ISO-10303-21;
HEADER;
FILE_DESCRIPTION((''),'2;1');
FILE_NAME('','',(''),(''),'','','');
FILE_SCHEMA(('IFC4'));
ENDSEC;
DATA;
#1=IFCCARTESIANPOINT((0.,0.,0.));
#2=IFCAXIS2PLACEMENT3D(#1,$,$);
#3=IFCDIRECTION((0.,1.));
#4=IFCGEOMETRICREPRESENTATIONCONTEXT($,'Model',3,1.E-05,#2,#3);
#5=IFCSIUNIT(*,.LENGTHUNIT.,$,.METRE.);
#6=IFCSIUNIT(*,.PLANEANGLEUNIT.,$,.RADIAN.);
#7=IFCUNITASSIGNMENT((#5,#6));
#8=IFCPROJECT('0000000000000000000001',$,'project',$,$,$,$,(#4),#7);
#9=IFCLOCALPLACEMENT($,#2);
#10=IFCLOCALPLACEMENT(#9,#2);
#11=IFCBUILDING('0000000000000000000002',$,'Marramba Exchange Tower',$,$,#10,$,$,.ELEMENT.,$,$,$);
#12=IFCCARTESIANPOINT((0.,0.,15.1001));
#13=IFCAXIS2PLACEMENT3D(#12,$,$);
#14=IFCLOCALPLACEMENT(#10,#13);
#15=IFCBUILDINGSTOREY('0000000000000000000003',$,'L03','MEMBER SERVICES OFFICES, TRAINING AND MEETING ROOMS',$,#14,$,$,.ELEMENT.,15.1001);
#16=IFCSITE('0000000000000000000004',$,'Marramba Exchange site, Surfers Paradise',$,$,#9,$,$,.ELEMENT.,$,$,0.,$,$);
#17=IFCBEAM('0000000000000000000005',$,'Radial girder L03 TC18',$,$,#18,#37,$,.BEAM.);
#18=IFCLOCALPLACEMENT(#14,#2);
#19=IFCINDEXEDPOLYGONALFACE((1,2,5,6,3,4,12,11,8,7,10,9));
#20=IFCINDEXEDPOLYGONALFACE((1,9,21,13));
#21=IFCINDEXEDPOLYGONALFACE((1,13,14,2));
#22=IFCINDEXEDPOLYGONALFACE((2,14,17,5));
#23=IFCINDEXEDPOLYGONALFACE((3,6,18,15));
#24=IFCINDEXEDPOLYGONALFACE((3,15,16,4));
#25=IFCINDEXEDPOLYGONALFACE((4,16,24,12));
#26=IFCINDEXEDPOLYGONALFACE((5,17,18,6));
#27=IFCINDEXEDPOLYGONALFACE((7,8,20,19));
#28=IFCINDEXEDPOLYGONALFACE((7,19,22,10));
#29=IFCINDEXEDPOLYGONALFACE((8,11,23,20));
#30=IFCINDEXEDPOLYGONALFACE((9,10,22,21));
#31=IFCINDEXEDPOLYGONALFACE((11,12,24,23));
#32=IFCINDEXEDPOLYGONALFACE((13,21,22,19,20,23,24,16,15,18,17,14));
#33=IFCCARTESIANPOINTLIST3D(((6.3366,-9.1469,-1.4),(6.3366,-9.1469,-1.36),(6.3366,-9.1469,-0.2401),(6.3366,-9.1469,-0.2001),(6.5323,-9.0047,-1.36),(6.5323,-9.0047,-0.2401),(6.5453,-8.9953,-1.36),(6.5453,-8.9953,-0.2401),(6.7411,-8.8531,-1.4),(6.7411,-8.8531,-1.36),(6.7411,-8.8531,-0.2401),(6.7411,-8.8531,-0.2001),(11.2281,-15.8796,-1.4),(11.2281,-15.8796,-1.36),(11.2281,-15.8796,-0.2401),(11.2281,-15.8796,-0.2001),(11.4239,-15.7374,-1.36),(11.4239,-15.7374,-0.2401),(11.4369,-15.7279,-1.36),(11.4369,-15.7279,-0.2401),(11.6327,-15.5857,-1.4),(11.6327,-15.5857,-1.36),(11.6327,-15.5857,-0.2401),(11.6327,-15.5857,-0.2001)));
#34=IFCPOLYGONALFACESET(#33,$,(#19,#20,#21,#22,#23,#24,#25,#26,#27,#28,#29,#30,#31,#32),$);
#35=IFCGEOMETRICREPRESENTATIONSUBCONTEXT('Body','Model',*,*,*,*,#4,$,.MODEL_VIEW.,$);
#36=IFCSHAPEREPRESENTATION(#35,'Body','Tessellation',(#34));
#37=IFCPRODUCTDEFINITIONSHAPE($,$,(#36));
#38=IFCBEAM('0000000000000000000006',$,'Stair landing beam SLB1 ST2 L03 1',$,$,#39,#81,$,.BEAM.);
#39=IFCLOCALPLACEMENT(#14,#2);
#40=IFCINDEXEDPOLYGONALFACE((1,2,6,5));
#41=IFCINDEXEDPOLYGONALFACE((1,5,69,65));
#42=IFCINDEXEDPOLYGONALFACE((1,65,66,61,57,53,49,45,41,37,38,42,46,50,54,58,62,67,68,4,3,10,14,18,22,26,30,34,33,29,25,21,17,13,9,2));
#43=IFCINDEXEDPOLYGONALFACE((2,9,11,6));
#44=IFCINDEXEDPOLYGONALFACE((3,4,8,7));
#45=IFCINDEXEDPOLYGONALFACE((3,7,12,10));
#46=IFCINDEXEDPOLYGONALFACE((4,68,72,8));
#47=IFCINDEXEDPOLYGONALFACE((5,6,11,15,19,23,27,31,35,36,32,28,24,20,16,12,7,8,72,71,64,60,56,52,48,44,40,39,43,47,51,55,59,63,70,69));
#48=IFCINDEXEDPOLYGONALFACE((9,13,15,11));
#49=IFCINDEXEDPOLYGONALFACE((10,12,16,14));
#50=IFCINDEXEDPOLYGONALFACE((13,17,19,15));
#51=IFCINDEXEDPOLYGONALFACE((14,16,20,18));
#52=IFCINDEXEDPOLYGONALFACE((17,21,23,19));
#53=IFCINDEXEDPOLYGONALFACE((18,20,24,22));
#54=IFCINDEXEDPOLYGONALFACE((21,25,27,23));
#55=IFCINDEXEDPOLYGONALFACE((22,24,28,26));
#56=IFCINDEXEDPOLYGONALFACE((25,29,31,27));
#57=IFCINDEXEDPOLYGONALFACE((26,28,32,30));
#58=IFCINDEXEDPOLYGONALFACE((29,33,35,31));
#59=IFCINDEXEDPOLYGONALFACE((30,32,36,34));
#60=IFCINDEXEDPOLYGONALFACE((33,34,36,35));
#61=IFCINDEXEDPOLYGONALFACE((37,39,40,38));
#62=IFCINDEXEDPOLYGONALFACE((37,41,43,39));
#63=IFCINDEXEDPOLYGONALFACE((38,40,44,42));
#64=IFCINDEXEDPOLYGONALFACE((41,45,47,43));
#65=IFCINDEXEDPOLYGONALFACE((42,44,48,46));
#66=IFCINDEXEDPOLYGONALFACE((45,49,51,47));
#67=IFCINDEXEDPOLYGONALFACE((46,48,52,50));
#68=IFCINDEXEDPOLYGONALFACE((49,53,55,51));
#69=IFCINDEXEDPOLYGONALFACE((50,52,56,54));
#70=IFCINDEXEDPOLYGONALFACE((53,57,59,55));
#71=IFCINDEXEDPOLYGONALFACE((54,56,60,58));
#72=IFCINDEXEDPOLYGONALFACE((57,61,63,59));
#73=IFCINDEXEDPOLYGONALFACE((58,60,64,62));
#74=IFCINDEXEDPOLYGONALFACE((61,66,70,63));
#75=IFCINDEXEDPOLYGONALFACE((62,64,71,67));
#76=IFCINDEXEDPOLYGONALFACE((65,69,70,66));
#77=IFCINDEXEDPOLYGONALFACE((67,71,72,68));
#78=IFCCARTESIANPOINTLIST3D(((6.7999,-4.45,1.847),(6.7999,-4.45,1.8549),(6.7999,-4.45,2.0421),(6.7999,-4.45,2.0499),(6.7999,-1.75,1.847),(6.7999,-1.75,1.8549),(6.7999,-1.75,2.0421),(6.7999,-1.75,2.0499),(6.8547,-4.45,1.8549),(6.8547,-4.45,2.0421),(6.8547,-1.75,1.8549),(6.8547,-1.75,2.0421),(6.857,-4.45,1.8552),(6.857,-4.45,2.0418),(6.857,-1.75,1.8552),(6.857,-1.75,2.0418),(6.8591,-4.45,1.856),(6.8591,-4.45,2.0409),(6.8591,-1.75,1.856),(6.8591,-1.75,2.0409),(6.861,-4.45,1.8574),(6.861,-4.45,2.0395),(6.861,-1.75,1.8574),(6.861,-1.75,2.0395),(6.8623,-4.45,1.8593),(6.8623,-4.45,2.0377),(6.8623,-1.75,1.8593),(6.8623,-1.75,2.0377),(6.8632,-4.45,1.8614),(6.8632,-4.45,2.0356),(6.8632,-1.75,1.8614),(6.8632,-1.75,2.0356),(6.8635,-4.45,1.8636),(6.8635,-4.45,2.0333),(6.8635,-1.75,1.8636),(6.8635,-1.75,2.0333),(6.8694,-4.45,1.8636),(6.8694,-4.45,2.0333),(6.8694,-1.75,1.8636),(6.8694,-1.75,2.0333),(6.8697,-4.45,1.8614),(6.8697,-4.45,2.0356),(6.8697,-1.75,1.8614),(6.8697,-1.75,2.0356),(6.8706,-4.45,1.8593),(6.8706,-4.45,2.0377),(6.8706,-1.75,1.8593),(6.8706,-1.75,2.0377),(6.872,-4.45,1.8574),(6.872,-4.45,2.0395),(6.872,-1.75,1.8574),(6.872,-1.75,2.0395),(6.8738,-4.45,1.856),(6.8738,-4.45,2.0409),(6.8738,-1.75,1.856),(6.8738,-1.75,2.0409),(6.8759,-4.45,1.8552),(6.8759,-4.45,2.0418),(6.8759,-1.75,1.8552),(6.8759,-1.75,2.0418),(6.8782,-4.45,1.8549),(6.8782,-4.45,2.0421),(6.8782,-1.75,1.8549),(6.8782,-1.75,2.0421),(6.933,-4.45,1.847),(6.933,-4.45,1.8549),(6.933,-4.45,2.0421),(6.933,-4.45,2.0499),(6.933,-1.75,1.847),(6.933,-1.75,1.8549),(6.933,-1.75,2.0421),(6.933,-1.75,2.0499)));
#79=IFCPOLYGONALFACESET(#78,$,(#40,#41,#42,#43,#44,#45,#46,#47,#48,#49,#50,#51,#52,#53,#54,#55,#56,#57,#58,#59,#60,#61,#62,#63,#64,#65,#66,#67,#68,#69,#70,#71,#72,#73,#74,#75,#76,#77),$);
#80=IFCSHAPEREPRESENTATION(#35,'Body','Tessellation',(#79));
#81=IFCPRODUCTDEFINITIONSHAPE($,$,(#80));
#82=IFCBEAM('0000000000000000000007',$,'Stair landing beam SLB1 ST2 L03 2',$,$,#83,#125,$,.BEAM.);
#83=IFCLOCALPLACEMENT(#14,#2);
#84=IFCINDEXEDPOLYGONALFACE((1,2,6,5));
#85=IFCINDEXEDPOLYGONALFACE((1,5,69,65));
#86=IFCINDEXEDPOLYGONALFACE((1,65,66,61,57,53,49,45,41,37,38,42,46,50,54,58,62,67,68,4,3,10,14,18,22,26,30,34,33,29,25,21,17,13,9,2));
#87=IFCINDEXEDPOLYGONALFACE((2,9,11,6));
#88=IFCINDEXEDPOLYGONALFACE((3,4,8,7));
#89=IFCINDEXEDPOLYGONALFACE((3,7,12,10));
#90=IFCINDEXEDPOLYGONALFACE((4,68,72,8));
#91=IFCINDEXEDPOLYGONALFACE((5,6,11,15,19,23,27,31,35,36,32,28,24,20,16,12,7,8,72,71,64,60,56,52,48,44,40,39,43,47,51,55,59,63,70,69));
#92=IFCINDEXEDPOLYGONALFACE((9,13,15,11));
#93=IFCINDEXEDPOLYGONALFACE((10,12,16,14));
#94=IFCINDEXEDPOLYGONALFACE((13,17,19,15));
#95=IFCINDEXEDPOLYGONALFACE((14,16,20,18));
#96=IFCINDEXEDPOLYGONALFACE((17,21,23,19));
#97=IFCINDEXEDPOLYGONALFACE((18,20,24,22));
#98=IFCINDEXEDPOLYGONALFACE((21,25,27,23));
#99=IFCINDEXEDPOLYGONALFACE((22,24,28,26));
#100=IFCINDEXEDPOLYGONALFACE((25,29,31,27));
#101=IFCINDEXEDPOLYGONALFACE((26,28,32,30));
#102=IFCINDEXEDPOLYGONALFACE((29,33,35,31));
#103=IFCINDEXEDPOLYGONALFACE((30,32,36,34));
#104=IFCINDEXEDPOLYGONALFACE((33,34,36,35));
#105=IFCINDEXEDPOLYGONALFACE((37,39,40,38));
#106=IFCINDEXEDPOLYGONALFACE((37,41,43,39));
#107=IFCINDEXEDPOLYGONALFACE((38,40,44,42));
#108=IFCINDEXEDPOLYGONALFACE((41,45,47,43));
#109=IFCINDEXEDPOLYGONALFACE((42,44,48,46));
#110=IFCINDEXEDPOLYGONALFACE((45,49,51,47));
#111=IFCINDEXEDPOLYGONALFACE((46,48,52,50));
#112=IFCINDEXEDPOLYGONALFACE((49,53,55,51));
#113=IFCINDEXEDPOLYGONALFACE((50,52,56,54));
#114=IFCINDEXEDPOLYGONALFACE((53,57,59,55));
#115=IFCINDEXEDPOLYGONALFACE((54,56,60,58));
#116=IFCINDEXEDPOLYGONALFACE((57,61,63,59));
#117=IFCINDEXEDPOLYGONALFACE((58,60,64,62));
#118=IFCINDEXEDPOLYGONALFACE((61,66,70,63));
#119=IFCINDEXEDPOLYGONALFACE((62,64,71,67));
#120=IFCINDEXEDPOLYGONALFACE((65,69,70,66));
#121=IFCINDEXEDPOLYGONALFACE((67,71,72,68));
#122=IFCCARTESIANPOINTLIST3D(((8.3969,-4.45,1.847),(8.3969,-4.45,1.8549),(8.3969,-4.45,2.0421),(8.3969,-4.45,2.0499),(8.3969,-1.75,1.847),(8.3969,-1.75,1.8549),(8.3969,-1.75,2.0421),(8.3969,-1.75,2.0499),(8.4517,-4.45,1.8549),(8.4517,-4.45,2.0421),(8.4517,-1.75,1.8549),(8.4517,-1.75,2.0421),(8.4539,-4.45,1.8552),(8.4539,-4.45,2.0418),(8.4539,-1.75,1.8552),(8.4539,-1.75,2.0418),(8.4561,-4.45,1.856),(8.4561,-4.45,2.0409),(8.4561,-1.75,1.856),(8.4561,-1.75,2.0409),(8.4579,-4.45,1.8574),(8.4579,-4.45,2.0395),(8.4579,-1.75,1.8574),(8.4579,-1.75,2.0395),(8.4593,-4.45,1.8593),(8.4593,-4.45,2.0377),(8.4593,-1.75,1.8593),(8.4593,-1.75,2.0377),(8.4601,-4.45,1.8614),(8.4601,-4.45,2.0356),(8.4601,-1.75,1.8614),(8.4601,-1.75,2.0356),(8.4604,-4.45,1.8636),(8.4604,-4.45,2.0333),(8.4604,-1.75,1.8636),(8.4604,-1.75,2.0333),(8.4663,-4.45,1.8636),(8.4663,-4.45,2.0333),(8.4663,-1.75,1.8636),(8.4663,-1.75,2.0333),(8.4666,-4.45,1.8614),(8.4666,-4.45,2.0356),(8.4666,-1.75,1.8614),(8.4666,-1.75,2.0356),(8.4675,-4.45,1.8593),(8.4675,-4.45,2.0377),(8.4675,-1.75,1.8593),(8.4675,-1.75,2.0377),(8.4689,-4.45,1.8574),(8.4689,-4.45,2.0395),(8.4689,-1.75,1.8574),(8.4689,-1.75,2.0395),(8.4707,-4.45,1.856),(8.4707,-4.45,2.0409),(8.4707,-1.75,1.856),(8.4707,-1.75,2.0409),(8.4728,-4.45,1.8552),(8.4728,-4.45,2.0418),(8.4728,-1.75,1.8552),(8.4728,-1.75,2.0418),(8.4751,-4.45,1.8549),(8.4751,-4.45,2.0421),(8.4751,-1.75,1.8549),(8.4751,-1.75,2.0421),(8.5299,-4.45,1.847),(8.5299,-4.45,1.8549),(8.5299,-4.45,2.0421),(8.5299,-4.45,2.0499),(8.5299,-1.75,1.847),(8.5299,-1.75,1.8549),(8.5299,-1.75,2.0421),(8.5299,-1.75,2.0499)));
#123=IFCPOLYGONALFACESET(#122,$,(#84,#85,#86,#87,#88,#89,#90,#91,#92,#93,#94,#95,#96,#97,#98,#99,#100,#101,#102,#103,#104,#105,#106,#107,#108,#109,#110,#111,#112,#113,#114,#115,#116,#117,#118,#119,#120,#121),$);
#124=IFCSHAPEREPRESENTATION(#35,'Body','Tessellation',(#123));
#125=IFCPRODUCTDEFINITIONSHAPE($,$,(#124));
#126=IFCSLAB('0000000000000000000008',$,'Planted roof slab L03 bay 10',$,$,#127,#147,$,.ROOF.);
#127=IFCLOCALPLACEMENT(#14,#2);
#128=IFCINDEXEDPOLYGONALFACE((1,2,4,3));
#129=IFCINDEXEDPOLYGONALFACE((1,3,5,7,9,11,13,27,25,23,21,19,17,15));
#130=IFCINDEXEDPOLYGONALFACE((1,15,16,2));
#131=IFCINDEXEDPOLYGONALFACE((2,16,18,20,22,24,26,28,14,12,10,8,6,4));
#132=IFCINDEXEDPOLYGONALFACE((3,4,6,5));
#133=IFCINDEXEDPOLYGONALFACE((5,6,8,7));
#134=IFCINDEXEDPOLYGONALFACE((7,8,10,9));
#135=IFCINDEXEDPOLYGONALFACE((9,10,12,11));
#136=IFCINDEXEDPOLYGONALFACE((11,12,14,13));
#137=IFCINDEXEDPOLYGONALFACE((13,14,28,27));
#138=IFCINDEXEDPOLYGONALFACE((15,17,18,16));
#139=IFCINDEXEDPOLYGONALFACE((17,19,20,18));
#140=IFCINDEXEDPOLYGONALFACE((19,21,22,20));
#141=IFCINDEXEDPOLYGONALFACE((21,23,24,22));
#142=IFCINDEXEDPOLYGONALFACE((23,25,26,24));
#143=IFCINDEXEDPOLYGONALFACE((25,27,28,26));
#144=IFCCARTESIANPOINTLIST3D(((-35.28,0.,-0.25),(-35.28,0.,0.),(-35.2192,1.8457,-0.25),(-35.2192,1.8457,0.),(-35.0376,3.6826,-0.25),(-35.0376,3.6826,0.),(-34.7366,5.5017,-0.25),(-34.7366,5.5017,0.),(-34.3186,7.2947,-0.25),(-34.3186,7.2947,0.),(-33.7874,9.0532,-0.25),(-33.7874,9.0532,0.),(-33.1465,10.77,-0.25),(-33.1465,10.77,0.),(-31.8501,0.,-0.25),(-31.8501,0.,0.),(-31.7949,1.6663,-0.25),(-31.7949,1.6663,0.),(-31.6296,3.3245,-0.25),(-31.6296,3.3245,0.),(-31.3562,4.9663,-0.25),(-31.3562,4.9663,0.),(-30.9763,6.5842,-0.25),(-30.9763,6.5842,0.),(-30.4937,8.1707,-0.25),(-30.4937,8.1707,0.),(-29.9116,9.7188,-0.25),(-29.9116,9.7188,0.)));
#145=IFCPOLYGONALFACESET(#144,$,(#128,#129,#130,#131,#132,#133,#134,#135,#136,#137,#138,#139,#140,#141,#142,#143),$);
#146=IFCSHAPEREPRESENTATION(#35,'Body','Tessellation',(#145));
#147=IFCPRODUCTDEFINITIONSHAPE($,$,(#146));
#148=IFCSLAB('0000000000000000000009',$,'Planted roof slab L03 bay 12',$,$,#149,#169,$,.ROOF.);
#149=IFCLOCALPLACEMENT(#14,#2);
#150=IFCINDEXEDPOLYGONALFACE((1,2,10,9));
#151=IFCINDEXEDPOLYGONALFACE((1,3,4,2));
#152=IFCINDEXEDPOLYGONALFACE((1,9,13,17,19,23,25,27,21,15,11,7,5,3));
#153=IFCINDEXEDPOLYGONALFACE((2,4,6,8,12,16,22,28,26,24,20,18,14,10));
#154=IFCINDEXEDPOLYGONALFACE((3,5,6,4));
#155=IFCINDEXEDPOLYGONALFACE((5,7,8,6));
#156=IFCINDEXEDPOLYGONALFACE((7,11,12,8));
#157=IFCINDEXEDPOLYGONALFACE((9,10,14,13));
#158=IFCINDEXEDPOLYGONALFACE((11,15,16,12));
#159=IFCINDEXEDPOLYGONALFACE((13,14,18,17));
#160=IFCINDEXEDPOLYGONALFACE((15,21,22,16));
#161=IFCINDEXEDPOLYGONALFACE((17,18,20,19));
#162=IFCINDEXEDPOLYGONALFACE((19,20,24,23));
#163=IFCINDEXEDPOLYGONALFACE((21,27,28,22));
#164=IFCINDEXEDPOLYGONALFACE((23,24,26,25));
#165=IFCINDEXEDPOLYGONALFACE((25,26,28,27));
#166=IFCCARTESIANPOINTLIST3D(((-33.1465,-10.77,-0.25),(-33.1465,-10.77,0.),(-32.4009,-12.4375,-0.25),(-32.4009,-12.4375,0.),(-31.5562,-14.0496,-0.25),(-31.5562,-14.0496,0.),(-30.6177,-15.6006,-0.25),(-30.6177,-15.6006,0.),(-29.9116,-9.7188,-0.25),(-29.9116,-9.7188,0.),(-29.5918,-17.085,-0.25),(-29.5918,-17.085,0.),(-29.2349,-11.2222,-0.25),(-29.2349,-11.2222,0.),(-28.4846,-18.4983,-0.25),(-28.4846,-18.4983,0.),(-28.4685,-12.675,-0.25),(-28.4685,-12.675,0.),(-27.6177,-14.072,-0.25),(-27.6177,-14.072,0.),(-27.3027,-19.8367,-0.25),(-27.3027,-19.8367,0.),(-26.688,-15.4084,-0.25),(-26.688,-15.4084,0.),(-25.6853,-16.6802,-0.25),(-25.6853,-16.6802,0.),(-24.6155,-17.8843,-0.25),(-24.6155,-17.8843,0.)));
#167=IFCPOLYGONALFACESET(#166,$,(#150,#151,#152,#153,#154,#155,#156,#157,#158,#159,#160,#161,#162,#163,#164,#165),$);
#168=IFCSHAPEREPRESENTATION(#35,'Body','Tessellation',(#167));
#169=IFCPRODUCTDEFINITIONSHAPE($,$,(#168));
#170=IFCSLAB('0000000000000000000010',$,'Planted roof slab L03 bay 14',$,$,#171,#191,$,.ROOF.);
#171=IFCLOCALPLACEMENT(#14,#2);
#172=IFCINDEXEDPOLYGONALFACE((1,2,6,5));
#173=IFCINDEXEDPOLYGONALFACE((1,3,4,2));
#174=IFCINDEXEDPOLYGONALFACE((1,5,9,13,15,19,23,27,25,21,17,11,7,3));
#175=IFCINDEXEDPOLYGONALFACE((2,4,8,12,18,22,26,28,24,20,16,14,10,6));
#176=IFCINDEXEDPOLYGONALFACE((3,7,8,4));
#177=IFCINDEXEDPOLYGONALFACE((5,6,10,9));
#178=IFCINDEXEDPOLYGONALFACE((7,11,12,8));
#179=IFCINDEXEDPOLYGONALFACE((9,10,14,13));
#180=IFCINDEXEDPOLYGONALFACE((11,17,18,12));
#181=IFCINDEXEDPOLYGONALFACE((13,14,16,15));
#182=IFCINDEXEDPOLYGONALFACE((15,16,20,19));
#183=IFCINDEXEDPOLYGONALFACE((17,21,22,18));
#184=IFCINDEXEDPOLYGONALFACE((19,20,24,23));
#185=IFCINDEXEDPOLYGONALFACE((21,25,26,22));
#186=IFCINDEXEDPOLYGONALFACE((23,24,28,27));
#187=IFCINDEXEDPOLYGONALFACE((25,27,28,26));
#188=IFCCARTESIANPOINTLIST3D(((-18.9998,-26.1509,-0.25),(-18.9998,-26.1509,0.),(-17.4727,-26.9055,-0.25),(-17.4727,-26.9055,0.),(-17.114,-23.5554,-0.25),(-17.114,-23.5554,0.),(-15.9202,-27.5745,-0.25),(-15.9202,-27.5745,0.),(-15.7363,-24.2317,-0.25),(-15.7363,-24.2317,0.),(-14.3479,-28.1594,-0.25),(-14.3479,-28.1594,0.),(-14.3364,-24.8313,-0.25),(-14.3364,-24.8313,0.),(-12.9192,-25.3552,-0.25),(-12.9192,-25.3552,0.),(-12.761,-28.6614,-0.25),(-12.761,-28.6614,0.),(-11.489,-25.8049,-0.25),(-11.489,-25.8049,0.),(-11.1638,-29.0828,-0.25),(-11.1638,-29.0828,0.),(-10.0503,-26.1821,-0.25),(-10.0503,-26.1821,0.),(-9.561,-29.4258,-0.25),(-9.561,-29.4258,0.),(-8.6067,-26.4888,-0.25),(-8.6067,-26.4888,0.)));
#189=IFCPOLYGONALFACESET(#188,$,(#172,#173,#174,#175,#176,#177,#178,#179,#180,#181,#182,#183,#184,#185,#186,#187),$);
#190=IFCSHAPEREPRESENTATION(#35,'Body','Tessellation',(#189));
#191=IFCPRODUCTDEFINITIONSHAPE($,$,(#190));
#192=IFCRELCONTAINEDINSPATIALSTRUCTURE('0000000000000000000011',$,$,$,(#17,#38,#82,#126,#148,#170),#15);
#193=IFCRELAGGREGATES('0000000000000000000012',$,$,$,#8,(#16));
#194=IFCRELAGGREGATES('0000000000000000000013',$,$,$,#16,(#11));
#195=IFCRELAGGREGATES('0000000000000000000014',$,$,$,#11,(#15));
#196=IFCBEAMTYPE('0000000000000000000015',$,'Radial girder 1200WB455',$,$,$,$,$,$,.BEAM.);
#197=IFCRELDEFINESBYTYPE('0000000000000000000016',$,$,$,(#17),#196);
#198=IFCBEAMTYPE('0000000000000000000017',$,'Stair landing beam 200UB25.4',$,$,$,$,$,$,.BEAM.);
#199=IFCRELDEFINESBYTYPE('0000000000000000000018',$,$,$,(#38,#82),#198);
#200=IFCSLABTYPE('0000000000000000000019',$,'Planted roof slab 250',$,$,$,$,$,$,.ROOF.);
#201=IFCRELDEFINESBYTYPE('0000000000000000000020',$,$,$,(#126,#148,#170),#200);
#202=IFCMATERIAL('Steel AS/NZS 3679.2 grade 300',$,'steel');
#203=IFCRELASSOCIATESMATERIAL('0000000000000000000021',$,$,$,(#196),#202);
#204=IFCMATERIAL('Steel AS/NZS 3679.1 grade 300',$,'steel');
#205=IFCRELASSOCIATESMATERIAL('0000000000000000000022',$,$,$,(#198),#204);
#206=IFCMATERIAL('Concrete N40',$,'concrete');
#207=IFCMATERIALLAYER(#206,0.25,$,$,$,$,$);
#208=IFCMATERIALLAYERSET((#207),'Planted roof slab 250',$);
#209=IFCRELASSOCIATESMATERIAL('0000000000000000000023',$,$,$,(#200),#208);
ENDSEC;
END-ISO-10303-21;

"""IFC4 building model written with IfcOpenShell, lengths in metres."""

from ifc_helpers import new_model, si_unit, direction, frame, origin, origin_2d, place, context, subcontext, project, spatial, polyline, i_section, outline, extrude, material, layer, layer_set, material_profile, profile_set, type_object, element, save


model = new_model("IFC4")

# Units and contexts
model_context = context("Model", 3, precision=1e-05, world=origin(), true_north=direction((0.0, 1.0)))
body_context = subcontext(model_context, "Body", "Model", "MODEL_VIEW")
ifc_project = project(units=[si_unit("LENGTHUNIT", "METRE"), si_unit("PLANEANGLEUNIT", "RADIAN")], contexts=[model_context])

# Site, building, storey
site_placement = place(None, origin())
site = spatial("IfcSite", under=ifc_project, at=site_placement, Name="Marramba Exchange site, Surfers Paradise", CompositionType="ELEMENT", RefElevation=0.0)
building_placement = place(site_placement, origin())
building = spatial("IfcBuilding", under=site, at=building_placement, Name="Marramba Exchange Tower", CompositionType="ELEMENT")
storey_placement = place(building_placement, frame((0.0, 0.0, 15.1001)))
storey = spatial("IfcBuildingStorey", under=building, at=storey_placement, Name="L03", Description="MEMBER SERVICES OFFICES, TRAINING AND MEETING ROOMS", CompositionType="ELEMENT", Elevation=15.1001)

# Beams
ifc_material_1 = material(Name="Steel AS/NZS 3679.1 grade 300", Category="steel")
ifc_material_2 = material(Name="Steel AS/NZS 3679.2 grade 300", Category="steel")
ifc_material_profile_1 = material_profile(ifc_material_2, i_section(OverallWidth=0.5, OverallDepth=1.2, WebThickness=0.0161, FlangeThickness=0.04, at=origin_2d()), Name="1200WB455")
ifc_profile_set_1 = profile_set([ifc_material_profile_1], Name="Steel AS/NZS 3679.2 grade 300")
beam_type_1 = type_object("IfcBeamType", Name="Radial girder 1200WB455", PredefinedType="BEAM", material=ifc_profile_set_1)
beam_1_placement = place(storey_placement, frame((6.5388, -9.0, -0.8), z_axis=(0.587788, -0.809015, 0.0), x_axis=(0.809015, 0.587788, 0.0)))
element("IfcBeam", 1, at=beam_1_placement, inside=storey, type_object=beam_type_1, Name="Radial girder L03 TC18", PredefinedType="BEAM", context=body_context, shape_type="SweptSolid", body=[
    extrude(i_section(OverallWidth=0.5, OverallDepth=1.2, WebThickness=0.0161, FlangeThickness=0.04, at=origin_2d()), origin(), (0.0, 0.0, 1.0), 8.322),
])
ifc_material_profile_2 = material_profile(ifc_material_1, i_section(OverallWidth=0.1331, OverallDepth=0.2029, WebThickness=0.0059, FlangeThickness=0.0078, FilletRadius=0.0088, at=origin_2d()), Name="200UB25.4")
ifc_profile_set_2 = profile_set([ifc_material_profile_2], Name="Steel AS/NZS 3679.1 grade 300")
beam_type_2 = type_object("IfcBeamType", Name="Stair landing beam 200UB25.4", PredefinedType="BEAM", material=ifc_profile_set_2)
for number, where, z_axis, x_axis, name in (
    (2, (6.8665, -4.45, 1.9485), (0.0, 1.0, 0.0), (-1.0, 0.0, 0.0), "Stair landing beam SLB1 ST2 L03 1"),
    (3, (8.4634, -4.45, 1.9485), (0.0, 1.0, 0.0), (-1.0, 0.0, 0.0), "Stair landing beam SLB1 ST2 L03 2"),
):
    element("IfcBeam", number, at=place(storey_placement, frame(where, z_axis=z_axis, x_axis=x_axis)), inside=storey, type_object=beam_type_2, Name=name, PredefinedType="BEAM", context=body_context, shape_type="SweptSolid", body=[
        extrude(i_section(OverallWidth=0.1331, OverallDepth=0.2029, WebThickness=0.0059, FlangeThickness=0.0078, FilletRadius=0.0088, at=origin_2d()), origin(), (0.0, 0.0, 1.0), 2.7),
    ])

# Slabs
ifc_material_3 = material(Name="Concrete N40", Category="concrete")
ifc_layer_1 = layer(ifc_material_3, 0.25)
ifc_layer_set_1 = layer_set([ifc_layer_1], Name="Planted roof slab 250")
slab_type_1 = type_object("IfcSlabType", Name="Planted roof slab 250", PredefinedType="ROOF", material=ifc_layer_set_1)
slab_1_placement = place(storey_placement, frame((0.0, 0.0, -0.25)))
element("IfcSlab", 4, at=slab_1_placement, inside=storey, type_object=slab_type_1, Name="Planted roof slab L03 bay 10", PredefinedType="ROOF", context=body_context, shape_type="SweptSolid", body=[
    extrude(outline(polyline([(-35.2192, 1.8457), (-35.0376, 3.6826), (-34.7366, 5.5017), (-34.3186, 7.2947), (-33.7874, 9.0532), (-33.1465, 10.77), (-29.9116, 9.7188), (-30.4937, 8.1707), (-30.9763, 6.5842), (-31.3562, 4.9663), (-31.6296, 3.3245), (-31.7949, 1.6663), (-31.8501, 0.0), (-35.28, 0.0), (-35.2192, 1.8457)])), origin(), (0.0, 0.0, 1.0), 0.25),
])
slab_2_placement = place(storey_placement, frame((0.0, 0.0, -0.25)))
element("IfcSlab", 5, at=slab_2_placement, inside=storey, type_object=slab_type_1, Name="Planted roof slab L03 bay 12", PredefinedType="ROOF", context=body_context, shape_type="SweptSolid", body=[
    extrude(outline(polyline([(-28.4846, -18.4983), (-29.5918, -17.085), (-30.6177, -15.6006), (-31.5562, -14.0496), (-32.4009, -12.4375), (-33.1465, -10.77), (-29.9116, -9.7188), (-29.2349, -11.2222), (-28.4685, -12.675), (-27.6177, -14.072), (-26.688, -15.4084), (-25.6853, -16.6802), (-24.6155, -17.8843), (-27.3027, -19.8367), (-28.4846, -18.4983)])), origin(), (0.0, 0.0, 1.0), 0.25),
])
slab_3_placement = place(storey_placement, frame((0.0, 0.0, -0.25)))
element("IfcSlab", 6, at=slab_3_placement, inside=storey, type_object=slab_type_1, Name="Planted roof slab L03 bay 14", PredefinedType="ROOF", context=body_context, shape_type="SweptSolid", body=[
    extrude(outline(polyline([(-11.1638, -29.0828), (-12.761, -28.6614), (-14.3479, -28.1594), (-15.9202, -27.5745), (-17.4727, -26.9055), (-18.9998, -26.1509), (-17.114, -23.5554), (-15.7363, -24.2317), (-14.3364, -24.8313), (-12.9192, -25.3552), (-11.489, -25.8049), (-10.0503, -26.1821), (-8.6067, -26.4888), (-9.561, -29.4258), (-11.1638, -29.0828)])), origin(), (0.0, 0.0, 1.0), 0.25),
])

save(model, "model.ifc")
